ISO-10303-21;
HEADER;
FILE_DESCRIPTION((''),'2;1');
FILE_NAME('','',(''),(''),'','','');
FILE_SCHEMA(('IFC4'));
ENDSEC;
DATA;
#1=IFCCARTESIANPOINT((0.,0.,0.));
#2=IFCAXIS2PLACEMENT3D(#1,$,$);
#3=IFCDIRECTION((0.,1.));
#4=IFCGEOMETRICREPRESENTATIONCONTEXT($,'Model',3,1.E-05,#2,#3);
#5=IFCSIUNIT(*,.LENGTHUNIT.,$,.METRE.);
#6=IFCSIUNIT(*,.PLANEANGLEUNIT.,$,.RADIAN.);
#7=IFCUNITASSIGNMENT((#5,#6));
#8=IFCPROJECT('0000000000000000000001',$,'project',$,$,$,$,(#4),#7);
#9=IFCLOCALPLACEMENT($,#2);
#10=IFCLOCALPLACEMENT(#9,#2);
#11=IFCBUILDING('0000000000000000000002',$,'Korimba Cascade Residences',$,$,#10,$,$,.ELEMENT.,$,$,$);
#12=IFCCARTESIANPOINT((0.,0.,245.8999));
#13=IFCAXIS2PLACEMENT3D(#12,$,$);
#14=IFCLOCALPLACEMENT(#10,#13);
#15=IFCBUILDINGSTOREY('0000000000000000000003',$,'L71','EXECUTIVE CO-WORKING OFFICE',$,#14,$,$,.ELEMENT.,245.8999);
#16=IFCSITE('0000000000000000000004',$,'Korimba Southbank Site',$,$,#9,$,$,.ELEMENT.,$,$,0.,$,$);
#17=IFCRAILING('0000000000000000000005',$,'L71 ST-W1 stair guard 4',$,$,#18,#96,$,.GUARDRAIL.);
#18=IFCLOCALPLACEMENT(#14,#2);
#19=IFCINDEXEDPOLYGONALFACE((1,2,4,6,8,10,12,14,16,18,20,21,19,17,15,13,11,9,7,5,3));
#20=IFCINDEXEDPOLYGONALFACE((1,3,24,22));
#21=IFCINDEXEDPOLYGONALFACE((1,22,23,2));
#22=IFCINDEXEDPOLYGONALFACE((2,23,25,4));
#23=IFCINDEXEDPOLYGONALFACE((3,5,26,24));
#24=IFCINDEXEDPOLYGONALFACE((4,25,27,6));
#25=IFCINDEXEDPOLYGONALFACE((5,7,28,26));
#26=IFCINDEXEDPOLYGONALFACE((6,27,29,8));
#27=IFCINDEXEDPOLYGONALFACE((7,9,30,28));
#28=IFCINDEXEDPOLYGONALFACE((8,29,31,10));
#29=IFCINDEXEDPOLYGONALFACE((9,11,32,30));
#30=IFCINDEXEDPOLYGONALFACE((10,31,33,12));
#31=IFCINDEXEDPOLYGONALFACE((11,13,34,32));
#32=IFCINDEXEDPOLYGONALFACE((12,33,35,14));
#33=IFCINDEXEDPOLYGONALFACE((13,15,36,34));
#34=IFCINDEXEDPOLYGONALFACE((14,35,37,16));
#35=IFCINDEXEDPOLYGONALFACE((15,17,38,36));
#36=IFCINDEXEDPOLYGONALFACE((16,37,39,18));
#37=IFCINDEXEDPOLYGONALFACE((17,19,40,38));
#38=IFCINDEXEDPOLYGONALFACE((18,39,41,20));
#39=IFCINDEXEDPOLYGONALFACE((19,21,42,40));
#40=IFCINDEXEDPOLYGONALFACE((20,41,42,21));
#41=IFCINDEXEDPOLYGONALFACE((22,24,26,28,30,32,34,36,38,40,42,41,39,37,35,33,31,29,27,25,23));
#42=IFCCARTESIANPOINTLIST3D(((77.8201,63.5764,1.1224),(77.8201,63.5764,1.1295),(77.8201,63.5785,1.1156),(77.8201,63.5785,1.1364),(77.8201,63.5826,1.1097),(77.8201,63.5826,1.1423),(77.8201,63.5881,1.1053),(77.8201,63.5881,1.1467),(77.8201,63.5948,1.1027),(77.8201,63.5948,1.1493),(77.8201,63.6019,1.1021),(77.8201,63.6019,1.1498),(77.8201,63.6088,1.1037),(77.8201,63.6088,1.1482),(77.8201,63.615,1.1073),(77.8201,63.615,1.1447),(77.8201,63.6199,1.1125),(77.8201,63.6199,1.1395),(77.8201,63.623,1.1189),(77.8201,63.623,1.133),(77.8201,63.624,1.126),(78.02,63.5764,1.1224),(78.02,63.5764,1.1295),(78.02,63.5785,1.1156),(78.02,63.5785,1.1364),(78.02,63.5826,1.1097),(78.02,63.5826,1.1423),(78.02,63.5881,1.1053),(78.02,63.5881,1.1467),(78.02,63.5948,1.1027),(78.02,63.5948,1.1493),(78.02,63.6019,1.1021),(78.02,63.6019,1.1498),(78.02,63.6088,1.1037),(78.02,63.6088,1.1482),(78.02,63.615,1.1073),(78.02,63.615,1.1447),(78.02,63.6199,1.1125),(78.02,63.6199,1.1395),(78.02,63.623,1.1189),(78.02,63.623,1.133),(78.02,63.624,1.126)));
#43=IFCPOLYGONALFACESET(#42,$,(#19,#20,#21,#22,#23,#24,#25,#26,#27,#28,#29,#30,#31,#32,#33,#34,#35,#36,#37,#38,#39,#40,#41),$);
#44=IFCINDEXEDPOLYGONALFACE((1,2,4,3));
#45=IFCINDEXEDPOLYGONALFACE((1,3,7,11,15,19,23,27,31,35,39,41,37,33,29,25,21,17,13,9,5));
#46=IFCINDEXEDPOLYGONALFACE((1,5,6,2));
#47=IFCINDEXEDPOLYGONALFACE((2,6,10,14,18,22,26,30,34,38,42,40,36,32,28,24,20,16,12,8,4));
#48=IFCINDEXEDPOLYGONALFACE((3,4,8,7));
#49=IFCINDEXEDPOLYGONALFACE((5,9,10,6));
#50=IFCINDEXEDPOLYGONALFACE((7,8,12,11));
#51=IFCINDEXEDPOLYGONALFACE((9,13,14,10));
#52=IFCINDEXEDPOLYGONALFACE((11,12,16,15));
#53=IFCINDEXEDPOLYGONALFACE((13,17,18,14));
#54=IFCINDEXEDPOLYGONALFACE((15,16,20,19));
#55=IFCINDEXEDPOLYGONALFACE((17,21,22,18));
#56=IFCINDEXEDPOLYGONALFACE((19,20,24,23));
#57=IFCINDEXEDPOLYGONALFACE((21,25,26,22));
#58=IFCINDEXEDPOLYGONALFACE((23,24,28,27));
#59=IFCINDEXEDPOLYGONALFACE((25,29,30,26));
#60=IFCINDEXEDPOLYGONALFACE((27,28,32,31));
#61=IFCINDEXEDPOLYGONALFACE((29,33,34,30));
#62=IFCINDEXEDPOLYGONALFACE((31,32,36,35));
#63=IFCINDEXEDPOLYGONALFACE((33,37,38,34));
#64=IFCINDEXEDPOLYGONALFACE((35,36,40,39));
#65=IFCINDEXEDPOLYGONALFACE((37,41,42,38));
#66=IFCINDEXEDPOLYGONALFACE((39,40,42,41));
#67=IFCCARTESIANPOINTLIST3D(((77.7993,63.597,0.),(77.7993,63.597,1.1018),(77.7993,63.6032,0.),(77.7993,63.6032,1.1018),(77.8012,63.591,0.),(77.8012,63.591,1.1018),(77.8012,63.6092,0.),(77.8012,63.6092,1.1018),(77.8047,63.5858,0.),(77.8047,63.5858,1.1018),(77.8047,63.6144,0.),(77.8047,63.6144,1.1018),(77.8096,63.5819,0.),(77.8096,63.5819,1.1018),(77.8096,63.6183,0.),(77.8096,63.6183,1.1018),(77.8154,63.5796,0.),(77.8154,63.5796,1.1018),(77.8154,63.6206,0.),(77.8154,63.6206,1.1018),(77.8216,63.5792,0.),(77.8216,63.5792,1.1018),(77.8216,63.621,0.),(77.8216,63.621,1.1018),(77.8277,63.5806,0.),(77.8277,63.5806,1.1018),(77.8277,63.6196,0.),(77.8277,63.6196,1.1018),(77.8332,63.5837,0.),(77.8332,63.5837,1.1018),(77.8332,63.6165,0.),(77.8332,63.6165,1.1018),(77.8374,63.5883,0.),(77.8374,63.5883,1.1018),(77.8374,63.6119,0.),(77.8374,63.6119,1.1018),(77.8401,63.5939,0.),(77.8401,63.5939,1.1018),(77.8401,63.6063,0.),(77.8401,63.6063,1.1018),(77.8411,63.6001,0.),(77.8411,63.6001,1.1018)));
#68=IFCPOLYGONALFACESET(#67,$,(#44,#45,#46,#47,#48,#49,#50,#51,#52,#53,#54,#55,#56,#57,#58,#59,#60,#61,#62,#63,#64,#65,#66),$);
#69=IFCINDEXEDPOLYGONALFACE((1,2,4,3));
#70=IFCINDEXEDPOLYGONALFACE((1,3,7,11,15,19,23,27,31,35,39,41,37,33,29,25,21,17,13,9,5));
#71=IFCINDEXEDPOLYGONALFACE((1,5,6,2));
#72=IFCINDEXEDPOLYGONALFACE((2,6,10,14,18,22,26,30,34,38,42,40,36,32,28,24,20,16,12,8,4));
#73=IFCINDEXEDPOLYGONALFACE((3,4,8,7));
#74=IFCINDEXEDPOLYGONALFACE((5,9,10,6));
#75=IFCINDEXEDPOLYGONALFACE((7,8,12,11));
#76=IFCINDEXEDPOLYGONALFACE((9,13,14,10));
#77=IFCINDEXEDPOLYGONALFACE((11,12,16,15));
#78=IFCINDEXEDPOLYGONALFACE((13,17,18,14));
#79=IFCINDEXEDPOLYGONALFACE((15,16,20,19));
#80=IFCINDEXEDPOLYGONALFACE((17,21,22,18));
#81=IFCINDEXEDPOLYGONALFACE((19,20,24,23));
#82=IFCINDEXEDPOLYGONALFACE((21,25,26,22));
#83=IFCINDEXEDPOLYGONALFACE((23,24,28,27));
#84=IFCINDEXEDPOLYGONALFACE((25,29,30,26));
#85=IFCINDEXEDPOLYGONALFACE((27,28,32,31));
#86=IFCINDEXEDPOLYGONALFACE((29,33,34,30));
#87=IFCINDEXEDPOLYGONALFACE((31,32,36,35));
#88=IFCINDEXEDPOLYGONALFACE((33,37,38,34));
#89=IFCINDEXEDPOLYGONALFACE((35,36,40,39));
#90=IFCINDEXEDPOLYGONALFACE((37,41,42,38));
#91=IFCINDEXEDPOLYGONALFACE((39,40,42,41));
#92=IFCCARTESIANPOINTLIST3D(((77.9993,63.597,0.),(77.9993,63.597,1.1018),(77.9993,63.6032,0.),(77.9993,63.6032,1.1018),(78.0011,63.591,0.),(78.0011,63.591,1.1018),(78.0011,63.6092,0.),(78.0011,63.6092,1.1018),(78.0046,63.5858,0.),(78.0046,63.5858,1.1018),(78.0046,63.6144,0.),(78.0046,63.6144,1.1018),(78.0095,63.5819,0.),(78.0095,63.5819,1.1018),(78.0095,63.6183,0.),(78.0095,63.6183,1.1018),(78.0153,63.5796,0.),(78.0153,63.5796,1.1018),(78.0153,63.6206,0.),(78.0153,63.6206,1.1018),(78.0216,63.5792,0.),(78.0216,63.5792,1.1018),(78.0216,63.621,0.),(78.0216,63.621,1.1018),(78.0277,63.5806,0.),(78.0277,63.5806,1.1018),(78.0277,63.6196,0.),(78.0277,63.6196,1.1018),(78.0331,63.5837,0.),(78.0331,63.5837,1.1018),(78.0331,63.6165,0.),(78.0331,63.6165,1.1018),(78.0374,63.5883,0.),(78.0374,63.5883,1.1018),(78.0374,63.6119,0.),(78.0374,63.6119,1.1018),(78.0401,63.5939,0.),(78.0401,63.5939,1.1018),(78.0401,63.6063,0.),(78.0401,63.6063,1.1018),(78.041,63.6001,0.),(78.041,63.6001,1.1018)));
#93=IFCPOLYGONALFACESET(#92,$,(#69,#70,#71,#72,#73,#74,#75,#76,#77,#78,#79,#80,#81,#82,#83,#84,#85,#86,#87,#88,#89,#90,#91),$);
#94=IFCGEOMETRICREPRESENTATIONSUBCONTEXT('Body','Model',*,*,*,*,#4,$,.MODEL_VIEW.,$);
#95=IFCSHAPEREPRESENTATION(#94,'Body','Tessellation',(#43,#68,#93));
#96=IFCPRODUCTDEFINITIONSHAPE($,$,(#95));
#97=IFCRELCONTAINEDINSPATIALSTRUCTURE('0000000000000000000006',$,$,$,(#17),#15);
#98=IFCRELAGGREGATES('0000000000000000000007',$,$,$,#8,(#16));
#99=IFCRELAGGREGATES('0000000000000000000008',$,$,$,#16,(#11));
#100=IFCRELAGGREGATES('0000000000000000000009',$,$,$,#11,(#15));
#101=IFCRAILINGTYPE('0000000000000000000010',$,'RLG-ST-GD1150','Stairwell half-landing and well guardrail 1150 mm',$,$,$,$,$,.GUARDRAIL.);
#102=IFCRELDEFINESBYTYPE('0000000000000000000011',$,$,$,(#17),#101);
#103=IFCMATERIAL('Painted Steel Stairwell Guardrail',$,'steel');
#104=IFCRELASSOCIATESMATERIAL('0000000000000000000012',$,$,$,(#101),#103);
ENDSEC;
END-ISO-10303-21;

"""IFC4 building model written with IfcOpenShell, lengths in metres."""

from ifc_helpers import new_model, si_unit, direction, frame, origin, origin_2d, place, context, subcontext, project, spatial, circle, extrude, material, type_object, element, save


model = new_model("IFC4")

# Units and contexts
model_context = context("Model", 3, precision=1e-05, world=origin(), true_north=direction((0.0, 1.0)))
body_context = subcontext(model_context, "Body", "Model", "MODEL_VIEW")
ifc_project = project(units=[si_unit("LENGTHUNIT", "METRE"), si_unit("PLANEANGLEUNIT", "RADIAN")], contexts=[model_context])

# Site, building, storey
site_placement = place(None, origin())
site = spatial("IfcSite", under=ifc_project, at=site_placement, Name="Korimba Southbank Site", CompositionType="ELEMENT", RefElevation=0.0)
building_placement = place(site_placement, origin())
building = spatial("IfcBuilding", under=site, at=building_placement, Name="Korimba Cascade Residences", CompositionType="ELEMENT")
storey_placement = place(building_placement, frame((0.0, 0.0, 245.8999)))
storey = spatial("IfcBuildingStorey", under=building, at=storey_placement, Name="L71", Description="EXECUTIVE CO-WORKING OFFICE", CompositionType="ELEMENT", Elevation=245.8999)

# Railing
ifc_material_1 = material(Name="Painted Steel Stairwell Guardrail", Category="steel")
railing_type_1 = type_object("IfcRailingType", Name="RLG-ST-GD1150", Description="Stairwell half-landing and well guardrail 1150 mm", PredefinedType="GUARDRAIL", material=ifc_material_1)
railing_1_placement = place(storey_placement, frame((77.8201, 63.6001, 0.0)))
element("IfcRailing", 1, at=railing_1_placement, inside=storey, type_object=railing_type_1, Name="L71 ST-W1 stair guard 4", PredefinedType="GUARDRAIL", context=body_context, shape_type="SweptSolid", body=[
    extrude(circle(Radius=0.0239, at=origin_2d()), frame((0.0, 0.0, 1.126), z_axis=(1.0, 0.0, 0.0), x_axis=(0.0, 1.0, 0.0)), (0.0, 0.0, 1.0), 0.2),
    extrude(circle(Radius=0.021, at=origin_2d()), origin(), (0.0, 0.0, 1.0), 1.1018),
    extrude(circle(Radius=0.021, at=origin_2d()), frame((0.2, 0.0, 0.0)), (0.0, 0.0, 1.0), 1.1018),
])

save(model, "model.ifc")
